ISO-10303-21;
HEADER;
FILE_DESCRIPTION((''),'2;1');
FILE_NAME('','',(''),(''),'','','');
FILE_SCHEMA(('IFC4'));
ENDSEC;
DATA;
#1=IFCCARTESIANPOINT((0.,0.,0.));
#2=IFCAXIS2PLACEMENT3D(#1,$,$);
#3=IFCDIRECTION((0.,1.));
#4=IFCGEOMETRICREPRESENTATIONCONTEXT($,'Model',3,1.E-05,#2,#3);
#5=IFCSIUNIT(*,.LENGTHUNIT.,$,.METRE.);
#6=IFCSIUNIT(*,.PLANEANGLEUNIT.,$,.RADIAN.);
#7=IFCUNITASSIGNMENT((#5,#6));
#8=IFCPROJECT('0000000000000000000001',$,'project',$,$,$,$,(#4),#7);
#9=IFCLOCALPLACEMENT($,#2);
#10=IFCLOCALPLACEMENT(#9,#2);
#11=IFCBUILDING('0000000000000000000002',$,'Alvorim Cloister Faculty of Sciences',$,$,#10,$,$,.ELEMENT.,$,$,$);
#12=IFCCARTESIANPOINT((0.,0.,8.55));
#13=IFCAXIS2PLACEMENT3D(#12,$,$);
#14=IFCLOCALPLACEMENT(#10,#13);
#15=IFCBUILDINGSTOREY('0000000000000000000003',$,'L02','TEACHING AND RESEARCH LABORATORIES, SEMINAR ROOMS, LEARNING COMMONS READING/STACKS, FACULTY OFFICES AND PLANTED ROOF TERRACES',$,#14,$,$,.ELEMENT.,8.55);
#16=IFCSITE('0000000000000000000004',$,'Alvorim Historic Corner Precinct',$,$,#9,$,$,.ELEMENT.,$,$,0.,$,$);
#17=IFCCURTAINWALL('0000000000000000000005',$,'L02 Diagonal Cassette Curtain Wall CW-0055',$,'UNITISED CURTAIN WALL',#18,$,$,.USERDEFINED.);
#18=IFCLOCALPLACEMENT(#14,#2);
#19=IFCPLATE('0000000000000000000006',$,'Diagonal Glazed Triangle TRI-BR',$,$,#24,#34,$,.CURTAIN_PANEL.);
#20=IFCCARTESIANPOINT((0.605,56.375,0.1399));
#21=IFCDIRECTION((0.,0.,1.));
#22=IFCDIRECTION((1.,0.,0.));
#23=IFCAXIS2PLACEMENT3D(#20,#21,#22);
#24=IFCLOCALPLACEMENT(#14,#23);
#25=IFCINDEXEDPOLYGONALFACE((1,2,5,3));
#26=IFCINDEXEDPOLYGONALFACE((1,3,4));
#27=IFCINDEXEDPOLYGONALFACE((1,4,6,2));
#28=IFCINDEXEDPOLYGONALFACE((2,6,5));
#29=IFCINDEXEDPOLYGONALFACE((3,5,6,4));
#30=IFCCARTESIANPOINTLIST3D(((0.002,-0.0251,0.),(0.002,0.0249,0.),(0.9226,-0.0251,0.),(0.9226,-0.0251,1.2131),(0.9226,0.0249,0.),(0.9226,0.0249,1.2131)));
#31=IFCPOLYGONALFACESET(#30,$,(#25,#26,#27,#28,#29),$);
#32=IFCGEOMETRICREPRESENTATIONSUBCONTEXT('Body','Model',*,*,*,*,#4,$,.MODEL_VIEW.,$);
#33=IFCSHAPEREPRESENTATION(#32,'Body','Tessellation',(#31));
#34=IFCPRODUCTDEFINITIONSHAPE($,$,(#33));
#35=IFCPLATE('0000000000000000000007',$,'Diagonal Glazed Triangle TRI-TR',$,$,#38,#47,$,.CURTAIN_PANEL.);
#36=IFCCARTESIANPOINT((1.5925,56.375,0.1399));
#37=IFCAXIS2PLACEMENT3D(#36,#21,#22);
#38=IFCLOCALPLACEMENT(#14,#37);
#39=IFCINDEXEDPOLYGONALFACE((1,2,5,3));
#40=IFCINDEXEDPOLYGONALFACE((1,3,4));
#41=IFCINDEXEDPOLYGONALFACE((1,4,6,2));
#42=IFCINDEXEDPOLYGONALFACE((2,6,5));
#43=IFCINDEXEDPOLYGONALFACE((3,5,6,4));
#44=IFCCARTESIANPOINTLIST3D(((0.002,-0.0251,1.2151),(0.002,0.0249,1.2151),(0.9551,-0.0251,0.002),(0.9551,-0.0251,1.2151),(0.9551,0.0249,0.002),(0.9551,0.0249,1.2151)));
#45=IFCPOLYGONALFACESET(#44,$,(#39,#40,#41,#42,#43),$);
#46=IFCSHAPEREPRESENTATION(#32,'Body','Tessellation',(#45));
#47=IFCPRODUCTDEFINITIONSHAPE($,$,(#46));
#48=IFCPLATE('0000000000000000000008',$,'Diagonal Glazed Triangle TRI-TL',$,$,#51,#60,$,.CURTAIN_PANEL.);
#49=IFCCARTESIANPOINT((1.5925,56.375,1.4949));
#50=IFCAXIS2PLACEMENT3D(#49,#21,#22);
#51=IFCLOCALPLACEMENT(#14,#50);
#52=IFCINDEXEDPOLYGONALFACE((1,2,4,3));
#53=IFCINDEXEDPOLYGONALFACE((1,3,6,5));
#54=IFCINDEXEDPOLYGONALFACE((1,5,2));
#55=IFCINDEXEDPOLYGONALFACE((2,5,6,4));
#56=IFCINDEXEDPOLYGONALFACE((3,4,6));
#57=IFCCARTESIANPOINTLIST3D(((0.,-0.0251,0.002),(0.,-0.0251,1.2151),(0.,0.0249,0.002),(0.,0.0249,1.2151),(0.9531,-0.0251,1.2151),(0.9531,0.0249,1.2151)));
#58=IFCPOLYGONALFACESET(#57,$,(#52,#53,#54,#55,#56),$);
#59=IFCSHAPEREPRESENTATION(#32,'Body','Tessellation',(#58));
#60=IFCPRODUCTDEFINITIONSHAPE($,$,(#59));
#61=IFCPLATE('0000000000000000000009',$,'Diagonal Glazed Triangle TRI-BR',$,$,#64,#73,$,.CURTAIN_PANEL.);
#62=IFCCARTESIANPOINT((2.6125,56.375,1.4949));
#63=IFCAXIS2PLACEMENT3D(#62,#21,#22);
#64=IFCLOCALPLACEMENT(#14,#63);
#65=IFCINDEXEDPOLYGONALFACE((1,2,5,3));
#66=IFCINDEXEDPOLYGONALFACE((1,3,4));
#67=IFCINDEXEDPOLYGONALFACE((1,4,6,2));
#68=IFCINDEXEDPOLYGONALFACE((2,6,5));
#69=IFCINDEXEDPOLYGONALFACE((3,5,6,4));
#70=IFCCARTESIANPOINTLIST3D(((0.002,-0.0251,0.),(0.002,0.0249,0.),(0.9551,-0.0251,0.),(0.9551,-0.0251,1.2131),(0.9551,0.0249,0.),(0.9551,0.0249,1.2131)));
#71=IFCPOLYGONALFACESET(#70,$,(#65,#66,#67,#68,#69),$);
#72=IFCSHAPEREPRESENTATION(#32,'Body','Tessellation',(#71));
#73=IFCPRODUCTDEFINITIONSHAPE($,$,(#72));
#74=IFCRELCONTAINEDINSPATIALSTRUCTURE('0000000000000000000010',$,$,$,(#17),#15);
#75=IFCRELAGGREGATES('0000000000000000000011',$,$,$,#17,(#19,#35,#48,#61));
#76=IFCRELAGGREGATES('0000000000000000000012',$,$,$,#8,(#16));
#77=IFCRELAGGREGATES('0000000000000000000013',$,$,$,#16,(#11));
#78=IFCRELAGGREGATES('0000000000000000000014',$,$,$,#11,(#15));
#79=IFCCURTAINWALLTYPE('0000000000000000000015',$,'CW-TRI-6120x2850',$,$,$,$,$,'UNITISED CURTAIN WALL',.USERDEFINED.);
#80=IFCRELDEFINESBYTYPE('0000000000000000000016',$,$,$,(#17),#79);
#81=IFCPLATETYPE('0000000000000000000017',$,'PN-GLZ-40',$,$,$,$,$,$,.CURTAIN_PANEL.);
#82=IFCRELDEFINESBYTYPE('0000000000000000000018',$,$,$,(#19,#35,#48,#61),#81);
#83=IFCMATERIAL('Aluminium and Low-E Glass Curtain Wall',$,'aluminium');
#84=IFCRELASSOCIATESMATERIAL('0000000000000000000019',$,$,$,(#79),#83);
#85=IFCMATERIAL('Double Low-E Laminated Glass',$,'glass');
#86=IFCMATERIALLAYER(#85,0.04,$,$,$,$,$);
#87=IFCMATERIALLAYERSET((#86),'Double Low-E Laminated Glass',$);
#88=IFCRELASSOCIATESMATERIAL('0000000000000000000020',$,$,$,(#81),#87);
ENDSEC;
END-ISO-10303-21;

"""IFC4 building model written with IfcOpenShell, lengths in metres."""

from ifc_helpers import new_model, si_unit, direction, frame, origin, place, context, subcontext, project, spatial, polyline, outline, extrude, material, layer, layer_set, type_object, element, aggregate, save


model = new_model("IFC4")

# Units and contexts
model_context = context("Model", 3, precision=1e-05, world=origin(), true_north=direction((0.0, 1.0)))
body_context = subcontext(model_context, "Body", "Model", "MODEL_VIEW")
ifc_project = project(units=[si_unit("LENGTHUNIT", "METRE"), si_unit("PLANEANGLEUNIT", "RADIAN")], contexts=[model_context])

# Site, building, storey
site_placement = place(None, origin())
site = spatial("IfcSite", under=ifc_project, at=site_placement, Name="Alvorim Historic Corner Precinct", CompositionType="ELEMENT", RefElevation=0.0)
building_placement = place(site_placement, origin())
building = spatial("IfcBuilding", under=site, at=building_placement, Name="Alvorim Cloister Faculty of Sciences", CompositionType="ELEMENT")
storey_placement = place(building_placement, frame((0.0, 0.0, 8.55)))
storey = spatial("IfcBuildingStorey", under=building, at=storey_placement, Name="L02", Description="TEACHING AND RESEARCH LABORATORIES, SEMINAR ROOMS, LEARNING COMMONS READING/STACKS, FACULTY OFFICES AND PLANTED ROOF TERRACES", CompositionType="ELEMENT", Elevation=8.55)

# Curtain wall, plates
ifc_material_1 = material(Name="Aluminium and Low-E Glass Curtain Wall", Category="aluminium")
curtain_wall_type = type_object("IfcCurtainWallType", Name="CW-TRI-6120x2850", ElementType="UNITISED CURTAIN WALL", PredefinedType="USERDEFINED", material=ifc_material_1)
curtain_wall_placement = place(storey_placement, origin())
curtain_wall = element("IfcCurtainWall", 1, at=curtain_wall_placement, inside=storey, type_object=curtain_wall_type, Name="L02 Diagonal Cassette Curtain Wall CW-0055", ObjectType="UNITISED CURTAIN WALL", PredefinedType="USERDEFINED")
ifc_material_2 = material(Name="Double Low-E Laminated Glass", Category="glass")
ifc_layer_1 = layer(ifc_material_2, 0.04)
ifc_layer_set_1 = layer_set([ifc_layer_1], Name="Double Low-E Laminated Glass")
plate_type = type_object("IfcPlateType", Name="PN-GLZ-40", PredefinedType="CURTAIN_PANEL", material=ifc_layer_set_1)
plate_1_placement = place(storey_placement, frame((0.605, 56.375, 0.1399), z_axis=(0.0, 0.0, 1.0), x_axis=(1.0, 0.0, 0.0)))
plate_1 = element("IfcPlate", 2, at=plate_1_placement, type_object=plate_type, Name="Diagonal Glazed Triangle TRI-BR", PredefinedType="CURTAIN_PANEL", context=body_context, shape_type="SweptSolid", body=[
    extrude(outline(polyline([(0.002, 0.0), (0.9226, 0.0), (0.9226, 1.2131), (0.002, 0.0)])), frame((0.0, 0.0249, 0.0), z_axis=(0.0, -1.0, 0.0), x_axis=(1.0, 0.0, 0.0)), (0.0, 0.0, 1.0), 0.05),
])
plate_2_placement = place(storey_placement, frame((1.5925, 56.375, 0.1399), z_axis=(0.0, 0.0, 1.0), x_axis=(1.0, 0.0, 0.0)))
plate_2 = element("IfcPlate", 3, at=plate_2_placement, type_object=plate_type, Name="Diagonal Glazed Triangle TRI-TR", PredefinedType="CURTAIN_PANEL", context=body_context, shape_type="SweptSolid", body=[
    extrude(outline(polyline([(0.9551, 0.002), (0.9551, 1.2151), (0.002, 1.2151), (0.9551, 0.002)])), frame((0.0, 0.0249, 0.0), z_axis=(0.0, -1.0, 0.0), x_axis=(1.0, 0.0, 0.0)), (0.0, 0.0, 1.0), 0.05),
])
plate_3_placement = place(storey_placement, frame((1.5925, 56.375, 1.4949), z_axis=(0.0, 0.0, 1.0), x_axis=(1.0, 0.0, 0.0)))
plate_3 = element("IfcPlate", 4, at=plate_3_placement, type_object=plate_type, Name="Diagonal Glazed Triangle TRI-TL", PredefinedType="CURTAIN_PANEL", context=body_context, shape_type="SweptSolid", body=[
    extrude(outline(polyline([(0.9531, 1.2151), (0.0, 1.2151), (0.0, 0.002), (0.9531, 1.2151)])), frame((0.0, 0.0249, 0.0), z_axis=(0.0, -1.0, 0.0), x_axis=(1.0, 0.0, 0.0)), (0.0, 0.0, 1.0), 0.05),
])
plate_4_placement = place(storey_placement, frame((2.6125, 56.375, 1.4949), z_axis=(0.0, 0.0, 1.0), x_axis=(1.0, 0.0, 0.0)))
plate_4 = element("IfcPlate", 5, at=plate_4_placement, type_object=plate_type, Name="Diagonal Glazed Triangle TRI-BR", PredefinedType="CURTAIN_PANEL", context=body_context, shape_type="SweptSolid", body=[
    extrude(outline(polyline([(0.002, 0.0), (0.9551, 0.0), (0.9551, 1.2131), (0.002, 0.0)])), frame((0.0, 0.0249, 0.0), z_axis=(0.0, -1.0, 0.0), x_axis=(1.0, 0.0, 0.0)), (0.0, 0.0, 1.0), 0.05),
])
aggregate(curtain_wall, [plate_1, plate_2, plate_3, plate_4])

save(model, "model.ifc")
